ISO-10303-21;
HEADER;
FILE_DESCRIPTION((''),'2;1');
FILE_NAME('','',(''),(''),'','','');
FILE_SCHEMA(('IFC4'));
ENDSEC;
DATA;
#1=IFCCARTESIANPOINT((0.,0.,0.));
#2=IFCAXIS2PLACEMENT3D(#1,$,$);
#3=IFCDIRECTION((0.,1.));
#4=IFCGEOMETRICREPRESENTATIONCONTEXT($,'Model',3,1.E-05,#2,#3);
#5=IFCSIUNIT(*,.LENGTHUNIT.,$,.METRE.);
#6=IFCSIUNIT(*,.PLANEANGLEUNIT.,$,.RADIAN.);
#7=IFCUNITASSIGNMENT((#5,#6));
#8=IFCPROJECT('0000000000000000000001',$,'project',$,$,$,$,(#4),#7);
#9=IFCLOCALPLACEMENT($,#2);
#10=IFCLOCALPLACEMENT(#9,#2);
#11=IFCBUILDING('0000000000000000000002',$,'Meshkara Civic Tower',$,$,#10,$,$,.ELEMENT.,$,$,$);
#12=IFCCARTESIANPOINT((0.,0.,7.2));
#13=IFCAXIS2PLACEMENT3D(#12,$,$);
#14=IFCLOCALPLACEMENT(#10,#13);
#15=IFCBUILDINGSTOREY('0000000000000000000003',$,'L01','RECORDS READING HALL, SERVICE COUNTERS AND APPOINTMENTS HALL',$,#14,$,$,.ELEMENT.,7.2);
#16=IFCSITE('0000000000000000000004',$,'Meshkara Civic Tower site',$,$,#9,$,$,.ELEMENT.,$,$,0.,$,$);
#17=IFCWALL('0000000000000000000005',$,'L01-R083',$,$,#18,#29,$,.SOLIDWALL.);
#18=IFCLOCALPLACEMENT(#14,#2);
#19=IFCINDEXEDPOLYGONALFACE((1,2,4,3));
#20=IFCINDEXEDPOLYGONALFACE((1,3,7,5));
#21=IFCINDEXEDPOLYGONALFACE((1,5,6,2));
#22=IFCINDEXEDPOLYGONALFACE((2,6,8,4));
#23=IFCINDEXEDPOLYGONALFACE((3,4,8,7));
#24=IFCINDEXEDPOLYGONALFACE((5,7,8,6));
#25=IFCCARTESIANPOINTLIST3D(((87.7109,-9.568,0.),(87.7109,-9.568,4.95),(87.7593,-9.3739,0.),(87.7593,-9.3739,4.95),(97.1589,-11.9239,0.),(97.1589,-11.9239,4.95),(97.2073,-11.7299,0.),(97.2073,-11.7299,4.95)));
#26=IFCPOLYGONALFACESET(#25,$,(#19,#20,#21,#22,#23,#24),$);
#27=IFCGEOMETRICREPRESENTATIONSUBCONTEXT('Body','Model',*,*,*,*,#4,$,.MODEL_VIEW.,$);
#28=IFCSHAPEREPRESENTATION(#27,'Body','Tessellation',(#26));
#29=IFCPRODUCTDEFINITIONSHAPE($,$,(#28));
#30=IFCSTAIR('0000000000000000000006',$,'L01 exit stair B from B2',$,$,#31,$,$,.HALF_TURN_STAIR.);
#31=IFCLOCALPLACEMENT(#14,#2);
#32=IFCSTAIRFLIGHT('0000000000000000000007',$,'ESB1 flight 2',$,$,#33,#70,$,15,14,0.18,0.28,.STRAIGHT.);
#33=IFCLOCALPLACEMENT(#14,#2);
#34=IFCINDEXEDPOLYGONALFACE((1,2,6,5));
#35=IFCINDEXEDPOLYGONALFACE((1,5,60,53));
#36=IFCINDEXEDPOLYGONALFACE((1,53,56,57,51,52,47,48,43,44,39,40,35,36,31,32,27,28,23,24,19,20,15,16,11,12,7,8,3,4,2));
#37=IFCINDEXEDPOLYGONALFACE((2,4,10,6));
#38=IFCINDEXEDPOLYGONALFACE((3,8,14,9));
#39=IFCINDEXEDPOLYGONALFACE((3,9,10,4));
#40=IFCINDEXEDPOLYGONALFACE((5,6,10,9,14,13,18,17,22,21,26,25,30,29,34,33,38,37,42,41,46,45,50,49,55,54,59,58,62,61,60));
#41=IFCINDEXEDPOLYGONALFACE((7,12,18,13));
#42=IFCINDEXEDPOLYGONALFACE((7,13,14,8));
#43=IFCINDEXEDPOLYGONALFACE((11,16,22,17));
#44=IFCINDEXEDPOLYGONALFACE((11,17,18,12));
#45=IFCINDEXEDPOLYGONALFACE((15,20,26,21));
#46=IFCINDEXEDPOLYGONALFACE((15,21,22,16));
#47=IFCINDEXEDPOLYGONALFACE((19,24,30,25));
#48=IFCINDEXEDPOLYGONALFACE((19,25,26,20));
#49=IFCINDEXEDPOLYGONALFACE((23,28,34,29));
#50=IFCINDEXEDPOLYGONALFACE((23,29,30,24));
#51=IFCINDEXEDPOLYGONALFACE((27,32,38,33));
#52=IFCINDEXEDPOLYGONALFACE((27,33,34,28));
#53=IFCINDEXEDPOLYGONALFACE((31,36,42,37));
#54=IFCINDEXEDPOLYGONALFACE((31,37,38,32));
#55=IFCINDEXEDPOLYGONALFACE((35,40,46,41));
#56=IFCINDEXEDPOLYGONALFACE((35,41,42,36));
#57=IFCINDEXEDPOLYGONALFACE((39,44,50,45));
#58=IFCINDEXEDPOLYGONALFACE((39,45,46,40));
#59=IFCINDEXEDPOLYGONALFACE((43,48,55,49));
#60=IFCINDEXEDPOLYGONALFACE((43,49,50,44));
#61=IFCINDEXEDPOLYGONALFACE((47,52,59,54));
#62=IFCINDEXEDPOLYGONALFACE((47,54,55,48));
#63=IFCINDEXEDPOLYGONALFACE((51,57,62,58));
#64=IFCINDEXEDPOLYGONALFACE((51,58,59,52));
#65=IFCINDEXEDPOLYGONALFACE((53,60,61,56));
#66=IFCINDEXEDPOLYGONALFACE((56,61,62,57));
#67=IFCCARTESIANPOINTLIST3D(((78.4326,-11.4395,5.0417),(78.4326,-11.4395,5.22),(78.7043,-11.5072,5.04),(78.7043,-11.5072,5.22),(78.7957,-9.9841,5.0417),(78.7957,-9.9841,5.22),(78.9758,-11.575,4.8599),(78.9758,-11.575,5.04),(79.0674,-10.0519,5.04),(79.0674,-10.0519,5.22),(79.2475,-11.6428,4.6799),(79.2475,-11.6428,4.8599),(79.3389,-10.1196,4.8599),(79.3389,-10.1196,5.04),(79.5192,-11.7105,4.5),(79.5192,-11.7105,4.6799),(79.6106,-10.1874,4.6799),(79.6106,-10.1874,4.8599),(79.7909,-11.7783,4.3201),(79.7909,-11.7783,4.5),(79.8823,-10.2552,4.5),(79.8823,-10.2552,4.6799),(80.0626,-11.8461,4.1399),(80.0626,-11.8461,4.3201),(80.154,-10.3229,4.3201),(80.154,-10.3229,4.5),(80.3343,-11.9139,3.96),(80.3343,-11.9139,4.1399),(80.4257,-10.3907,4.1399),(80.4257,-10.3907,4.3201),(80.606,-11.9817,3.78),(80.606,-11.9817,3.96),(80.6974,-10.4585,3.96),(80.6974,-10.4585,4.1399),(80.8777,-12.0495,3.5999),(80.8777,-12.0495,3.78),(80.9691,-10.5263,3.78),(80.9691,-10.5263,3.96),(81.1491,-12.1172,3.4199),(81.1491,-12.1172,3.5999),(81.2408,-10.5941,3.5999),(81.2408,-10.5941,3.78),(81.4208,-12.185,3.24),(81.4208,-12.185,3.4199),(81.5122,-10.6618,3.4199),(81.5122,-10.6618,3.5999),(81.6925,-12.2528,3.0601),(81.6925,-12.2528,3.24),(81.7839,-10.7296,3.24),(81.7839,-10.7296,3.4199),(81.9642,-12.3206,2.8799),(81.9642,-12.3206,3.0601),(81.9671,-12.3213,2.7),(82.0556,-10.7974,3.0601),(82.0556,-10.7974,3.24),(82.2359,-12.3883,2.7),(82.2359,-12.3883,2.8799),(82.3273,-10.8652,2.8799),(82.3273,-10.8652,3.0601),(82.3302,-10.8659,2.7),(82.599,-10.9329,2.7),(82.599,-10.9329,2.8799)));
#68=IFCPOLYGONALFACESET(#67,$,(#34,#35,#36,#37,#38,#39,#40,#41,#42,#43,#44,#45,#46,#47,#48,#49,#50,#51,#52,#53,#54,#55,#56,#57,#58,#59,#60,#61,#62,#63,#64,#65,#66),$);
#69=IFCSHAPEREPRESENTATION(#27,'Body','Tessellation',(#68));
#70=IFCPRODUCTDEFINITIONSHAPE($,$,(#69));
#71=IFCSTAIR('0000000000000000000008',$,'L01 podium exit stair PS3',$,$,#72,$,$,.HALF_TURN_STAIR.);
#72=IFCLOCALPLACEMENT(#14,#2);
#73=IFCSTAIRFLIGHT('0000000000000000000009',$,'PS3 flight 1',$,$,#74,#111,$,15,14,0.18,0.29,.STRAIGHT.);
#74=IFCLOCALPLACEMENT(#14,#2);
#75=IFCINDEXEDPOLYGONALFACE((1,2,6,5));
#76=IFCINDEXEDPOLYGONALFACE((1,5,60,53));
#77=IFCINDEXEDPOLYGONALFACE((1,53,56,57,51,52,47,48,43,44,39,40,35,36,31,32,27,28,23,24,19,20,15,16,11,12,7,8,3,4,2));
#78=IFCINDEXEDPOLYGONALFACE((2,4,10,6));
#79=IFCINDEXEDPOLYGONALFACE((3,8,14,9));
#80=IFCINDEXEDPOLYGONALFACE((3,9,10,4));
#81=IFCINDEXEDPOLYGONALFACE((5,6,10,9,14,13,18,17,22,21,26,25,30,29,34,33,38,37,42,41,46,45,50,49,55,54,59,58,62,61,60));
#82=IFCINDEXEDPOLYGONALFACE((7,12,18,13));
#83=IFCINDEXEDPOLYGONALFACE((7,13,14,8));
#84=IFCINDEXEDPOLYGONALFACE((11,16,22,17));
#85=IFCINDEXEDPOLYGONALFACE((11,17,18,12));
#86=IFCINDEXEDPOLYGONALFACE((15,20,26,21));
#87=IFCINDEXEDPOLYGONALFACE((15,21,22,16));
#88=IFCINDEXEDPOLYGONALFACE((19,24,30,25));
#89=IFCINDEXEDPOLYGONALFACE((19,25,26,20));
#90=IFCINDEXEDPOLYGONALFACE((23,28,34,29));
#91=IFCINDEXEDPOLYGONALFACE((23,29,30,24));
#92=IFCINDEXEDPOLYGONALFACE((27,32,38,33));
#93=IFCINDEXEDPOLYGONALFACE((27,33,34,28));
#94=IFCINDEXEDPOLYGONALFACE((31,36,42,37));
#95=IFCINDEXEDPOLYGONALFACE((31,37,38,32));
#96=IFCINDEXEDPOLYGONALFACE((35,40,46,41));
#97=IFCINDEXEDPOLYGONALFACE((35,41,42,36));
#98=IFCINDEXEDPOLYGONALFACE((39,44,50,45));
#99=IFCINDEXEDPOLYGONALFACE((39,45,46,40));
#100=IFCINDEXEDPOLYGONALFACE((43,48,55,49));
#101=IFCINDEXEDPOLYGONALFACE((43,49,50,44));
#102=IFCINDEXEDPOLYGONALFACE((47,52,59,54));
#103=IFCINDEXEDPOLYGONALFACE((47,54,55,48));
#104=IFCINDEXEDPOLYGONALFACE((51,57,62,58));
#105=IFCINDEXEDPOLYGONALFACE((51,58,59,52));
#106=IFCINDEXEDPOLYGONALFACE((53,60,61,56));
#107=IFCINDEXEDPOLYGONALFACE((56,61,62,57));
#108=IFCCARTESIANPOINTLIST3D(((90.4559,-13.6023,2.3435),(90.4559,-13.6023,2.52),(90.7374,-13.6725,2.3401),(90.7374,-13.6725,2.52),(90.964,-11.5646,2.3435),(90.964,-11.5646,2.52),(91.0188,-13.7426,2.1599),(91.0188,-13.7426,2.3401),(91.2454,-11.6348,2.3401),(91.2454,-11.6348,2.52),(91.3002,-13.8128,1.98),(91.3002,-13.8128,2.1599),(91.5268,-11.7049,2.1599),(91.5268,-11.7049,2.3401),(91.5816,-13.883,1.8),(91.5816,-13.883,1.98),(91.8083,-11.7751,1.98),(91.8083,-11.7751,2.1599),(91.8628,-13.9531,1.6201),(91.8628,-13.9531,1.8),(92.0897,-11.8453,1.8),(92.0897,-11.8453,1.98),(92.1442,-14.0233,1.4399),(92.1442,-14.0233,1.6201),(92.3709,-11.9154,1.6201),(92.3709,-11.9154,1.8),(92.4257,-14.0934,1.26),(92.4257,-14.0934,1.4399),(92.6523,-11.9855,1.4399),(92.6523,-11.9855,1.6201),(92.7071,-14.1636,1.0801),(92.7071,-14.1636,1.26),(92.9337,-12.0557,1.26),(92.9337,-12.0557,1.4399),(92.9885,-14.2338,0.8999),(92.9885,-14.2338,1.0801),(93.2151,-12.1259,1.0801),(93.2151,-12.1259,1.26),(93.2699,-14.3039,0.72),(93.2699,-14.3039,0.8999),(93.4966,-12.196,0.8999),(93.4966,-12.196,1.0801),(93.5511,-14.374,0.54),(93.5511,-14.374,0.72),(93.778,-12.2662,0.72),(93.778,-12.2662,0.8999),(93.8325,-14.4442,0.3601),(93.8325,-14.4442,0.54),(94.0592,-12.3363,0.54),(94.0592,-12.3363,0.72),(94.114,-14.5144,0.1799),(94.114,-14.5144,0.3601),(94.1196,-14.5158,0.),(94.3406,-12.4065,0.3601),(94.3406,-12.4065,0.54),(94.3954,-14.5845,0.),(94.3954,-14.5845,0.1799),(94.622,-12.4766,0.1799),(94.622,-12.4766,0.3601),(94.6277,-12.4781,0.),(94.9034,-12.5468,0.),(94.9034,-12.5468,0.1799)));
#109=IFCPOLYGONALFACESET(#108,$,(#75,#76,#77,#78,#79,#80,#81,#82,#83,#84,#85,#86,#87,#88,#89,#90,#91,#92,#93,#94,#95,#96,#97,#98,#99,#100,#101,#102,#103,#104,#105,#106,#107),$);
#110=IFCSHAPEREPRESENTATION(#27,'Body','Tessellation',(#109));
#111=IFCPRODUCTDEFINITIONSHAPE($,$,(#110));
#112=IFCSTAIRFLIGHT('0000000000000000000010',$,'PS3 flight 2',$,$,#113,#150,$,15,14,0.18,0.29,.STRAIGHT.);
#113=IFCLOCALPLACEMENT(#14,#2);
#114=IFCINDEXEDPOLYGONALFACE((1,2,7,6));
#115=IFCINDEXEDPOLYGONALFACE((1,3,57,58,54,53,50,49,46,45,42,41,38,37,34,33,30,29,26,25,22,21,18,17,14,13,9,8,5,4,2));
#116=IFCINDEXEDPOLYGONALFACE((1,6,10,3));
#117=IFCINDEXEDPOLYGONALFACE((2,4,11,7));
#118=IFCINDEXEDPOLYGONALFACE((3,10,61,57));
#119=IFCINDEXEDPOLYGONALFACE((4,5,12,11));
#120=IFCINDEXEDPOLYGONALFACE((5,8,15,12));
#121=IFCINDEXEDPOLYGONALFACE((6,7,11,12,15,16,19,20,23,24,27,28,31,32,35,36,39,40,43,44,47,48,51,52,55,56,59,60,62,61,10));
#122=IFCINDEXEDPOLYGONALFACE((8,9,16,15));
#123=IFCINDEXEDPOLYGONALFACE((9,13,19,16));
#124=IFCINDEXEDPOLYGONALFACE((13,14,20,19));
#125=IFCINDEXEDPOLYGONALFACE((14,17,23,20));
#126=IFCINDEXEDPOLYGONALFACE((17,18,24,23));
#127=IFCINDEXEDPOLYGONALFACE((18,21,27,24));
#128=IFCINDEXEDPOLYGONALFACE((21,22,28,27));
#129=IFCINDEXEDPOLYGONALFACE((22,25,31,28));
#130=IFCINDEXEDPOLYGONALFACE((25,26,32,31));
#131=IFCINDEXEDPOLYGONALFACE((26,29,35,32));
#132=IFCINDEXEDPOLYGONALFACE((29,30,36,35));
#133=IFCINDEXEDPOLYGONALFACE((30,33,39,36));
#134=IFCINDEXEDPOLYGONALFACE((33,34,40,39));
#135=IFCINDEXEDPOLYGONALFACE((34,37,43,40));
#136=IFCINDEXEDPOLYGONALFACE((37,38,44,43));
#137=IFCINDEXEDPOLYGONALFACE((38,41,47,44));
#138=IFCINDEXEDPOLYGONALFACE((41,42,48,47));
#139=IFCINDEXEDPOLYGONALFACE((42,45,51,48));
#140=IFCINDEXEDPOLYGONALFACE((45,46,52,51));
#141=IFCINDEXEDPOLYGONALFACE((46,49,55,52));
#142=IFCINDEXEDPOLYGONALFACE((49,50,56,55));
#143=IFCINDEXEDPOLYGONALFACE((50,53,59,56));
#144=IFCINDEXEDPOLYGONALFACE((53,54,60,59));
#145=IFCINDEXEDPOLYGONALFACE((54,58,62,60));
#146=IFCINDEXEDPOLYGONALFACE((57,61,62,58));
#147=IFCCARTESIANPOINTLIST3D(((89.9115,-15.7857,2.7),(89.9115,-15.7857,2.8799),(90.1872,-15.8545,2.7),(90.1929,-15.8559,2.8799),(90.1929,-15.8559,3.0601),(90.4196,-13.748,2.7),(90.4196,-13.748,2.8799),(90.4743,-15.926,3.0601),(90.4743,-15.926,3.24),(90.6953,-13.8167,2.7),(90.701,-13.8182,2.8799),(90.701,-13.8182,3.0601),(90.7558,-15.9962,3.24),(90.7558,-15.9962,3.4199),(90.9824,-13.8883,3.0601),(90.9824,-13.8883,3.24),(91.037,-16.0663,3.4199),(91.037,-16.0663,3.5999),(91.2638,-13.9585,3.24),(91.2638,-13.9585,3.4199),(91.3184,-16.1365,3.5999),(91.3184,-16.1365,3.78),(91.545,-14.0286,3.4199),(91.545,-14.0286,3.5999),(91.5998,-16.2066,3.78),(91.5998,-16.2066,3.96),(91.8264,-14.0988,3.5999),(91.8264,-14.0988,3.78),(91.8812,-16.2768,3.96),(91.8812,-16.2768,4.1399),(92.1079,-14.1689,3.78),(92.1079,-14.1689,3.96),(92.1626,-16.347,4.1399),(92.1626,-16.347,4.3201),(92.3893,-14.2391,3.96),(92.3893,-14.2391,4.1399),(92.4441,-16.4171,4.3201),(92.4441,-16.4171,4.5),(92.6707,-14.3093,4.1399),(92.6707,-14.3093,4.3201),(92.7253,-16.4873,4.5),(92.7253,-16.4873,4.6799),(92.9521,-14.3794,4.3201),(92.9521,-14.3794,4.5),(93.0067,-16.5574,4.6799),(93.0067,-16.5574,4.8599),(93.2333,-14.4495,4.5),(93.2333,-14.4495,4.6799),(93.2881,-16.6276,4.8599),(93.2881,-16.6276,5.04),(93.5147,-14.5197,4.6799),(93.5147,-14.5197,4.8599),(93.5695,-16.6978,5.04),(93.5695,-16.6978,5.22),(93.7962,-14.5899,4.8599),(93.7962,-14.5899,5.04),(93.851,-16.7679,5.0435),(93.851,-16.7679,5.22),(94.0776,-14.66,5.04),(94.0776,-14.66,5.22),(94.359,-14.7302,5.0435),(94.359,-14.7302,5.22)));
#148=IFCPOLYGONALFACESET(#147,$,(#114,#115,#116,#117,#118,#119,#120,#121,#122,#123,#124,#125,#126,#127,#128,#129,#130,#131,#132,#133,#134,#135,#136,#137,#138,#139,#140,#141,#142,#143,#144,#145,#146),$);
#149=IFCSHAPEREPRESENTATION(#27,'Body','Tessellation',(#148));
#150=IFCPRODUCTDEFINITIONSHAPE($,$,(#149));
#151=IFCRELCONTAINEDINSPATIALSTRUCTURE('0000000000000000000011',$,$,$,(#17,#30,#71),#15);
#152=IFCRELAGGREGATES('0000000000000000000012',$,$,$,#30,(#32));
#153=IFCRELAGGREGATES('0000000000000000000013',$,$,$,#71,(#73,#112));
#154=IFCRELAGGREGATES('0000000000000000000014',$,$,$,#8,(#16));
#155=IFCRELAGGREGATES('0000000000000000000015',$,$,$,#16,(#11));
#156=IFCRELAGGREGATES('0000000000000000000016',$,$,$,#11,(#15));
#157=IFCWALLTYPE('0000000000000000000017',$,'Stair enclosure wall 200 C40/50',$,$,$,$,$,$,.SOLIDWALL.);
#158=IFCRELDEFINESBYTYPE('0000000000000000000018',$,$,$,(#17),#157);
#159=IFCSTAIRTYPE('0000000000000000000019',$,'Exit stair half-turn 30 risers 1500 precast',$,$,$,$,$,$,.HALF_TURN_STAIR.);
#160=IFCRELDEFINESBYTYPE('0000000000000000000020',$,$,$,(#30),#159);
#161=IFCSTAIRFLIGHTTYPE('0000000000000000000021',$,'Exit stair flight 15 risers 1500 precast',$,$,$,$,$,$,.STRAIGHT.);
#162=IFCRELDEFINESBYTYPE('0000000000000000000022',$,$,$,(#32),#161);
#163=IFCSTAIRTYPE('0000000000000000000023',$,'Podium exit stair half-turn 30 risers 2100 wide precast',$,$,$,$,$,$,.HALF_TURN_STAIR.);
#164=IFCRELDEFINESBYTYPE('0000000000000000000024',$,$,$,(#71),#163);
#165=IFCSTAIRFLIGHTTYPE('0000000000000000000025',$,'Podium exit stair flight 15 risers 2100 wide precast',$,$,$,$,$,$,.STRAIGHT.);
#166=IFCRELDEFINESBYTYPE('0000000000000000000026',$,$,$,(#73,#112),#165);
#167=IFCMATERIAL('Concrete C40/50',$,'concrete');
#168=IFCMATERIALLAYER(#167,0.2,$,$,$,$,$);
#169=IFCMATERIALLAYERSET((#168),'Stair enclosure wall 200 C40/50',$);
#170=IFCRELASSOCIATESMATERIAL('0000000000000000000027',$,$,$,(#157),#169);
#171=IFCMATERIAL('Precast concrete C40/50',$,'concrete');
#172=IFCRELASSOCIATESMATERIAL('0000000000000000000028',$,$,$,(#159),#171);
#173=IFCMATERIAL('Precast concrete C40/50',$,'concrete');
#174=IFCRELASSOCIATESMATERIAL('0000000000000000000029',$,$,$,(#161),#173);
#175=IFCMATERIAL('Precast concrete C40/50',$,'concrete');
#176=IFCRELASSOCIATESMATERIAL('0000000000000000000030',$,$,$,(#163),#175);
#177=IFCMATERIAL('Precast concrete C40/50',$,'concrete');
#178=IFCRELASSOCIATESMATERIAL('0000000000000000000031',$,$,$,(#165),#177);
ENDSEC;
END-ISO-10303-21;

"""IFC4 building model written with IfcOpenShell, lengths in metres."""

from ifc_helpers import new_model, si_unit, direction, frame, frame_2d, origin, place, context, subcontext, project, spatial, polyline, rectangle, outline, extrude, material, layer, layer_set, type_object, element, aggregate, save


model = new_model("IFC4")

# Units and contexts
model_context = context("Model", 3, precision=1e-05, world=origin(), true_north=direction((0.0, 1.0)))
body_context = subcontext(model_context, "Body", "Model", "MODEL_VIEW")
ifc_project = project(units=[si_unit("LENGTHUNIT", "METRE"), si_unit("PLANEANGLEUNIT", "RADIAN")], contexts=[model_context])

# Site, building, storey
site_placement = place(None, origin())
site = spatial("IfcSite", under=ifc_project, at=site_placement, Name="Meshkara Civic Tower site", CompositionType="ELEMENT", RefElevation=0.0)
building_placement = place(site_placement, origin())
building = spatial("IfcBuilding", under=site, at=building_placement, Name="Meshkara Civic Tower", CompositionType="ELEMENT")
storey_placement = place(building_placement, frame((0.0, 0.0, 7.2)))
storey = spatial("IfcBuildingStorey", under=building, at=storey_placement, Name="L01", Description="RECORDS READING HALL, SERVICE COUNTERS AND APPOINTMENTS HALL", CompositionType="ELEMENT", Elevation=7.2)

# Shared definitions
ifc_material_1 = material(Name="Concrete C40/50", Category="concrete")
ifc_layer_1 = layer(ifc_material_1, 0.2)
ifc_layer_set_1 = layer_set([ifc_layer_1], Name="Stair enclosure wall 200 C40/50")
wall_type_1 = type_object("IfcWallType", Name="Stair enclosure wall 200 C40/50", PredefinedType="SOLIDWALL", material=ifc_layer_set_1)

# Wall
wall_1_placement = place(storey_placement, frame((97.1831, -11.8269, 0.0), z_axis=(0.0, 0.0, 1.0), x_axis=(-0.970288, 0.241952, 0.0)))
element("IfcWall", 1, at=wall_1_placement, inside=storey, type_object=wall_type_1, Name="L01-R083", PredefinedType="SOLIDWALL", context=body_context, shape_type="SweptSolid", body=[
    extrude(rectangle(XDim=9.7373, YDim=0.2, at=frame_2d((4.8687, 0.0))), origin(), (0.0, 0.0, 1.0), 4.95),
])

# Stair, stair flight
ifc_material_2 = material(Name="Precast concrete C40/50", Category="concrete")
stair_type_1 = type_object("IfcStairType", Name="Exit stair half-turn 30 risers 1500 precast", PredefinedType="HALF_TURN_STAIR", material=ifc_material_2)
stair_1_placement = place(storey_placement, origin())
stair_1 = element("IfcStair", 2, at=stair_1_placement, inside=storey, type_object=stair_type_1, Name="L01 exit stair B from B2", PredefinedType="HALF_TURN_STAIR")
ifc_material_3 = material(Name="Precast concrete C40/50", Category="concrete")
stair_flight_type_1 = type_object("IfcStairFlightType", Name="Exit stair flight 15 risers 1500 precast", PredefinedType="STRAIGHT", material=ifc_material_3)
stair_flight_1_placement = place(storey_placement, frame((82.4175, -11.6606, 2.7), z_axis=(0.0, 0.0, 1.0), x_axis=(-0.97026, 0.242065, 0.0)))
stair_flight_1 = element("IfcStairFlight", 3, at=stair_flight_1_placement, type_object=stair_flight_type_1, Name="ESB1 flight 2", NumberOfRisers=15, NumberOfTreads=14, PredefinedType="STRAIGHT", RiserHeight=0.18, TreadLength=0.28, context=body_context, shape_type="SweptSolid", body=[
    extrude(outline(polyline([(0.0, 0.0), (0.0, 0.1799), (0.28, 0.1799), (0.28, 0.3601), (0.5601, 0.3601), (0.5601, 0.54), (0.8401, 0.54), (0.8401, 0.72), (1.1201, 0.72), (1.1201, 0.8999), (1.3999, 0.8999), (1.3999, 1.0801), (1.6799, 1.0801), (1.6799, 1.26), (1.96, 1.26), (1.96, 1.4399), (2.24, 1.4399), (2.24, 1.6201), (2.52, 1.6201), (2.52, 1.8), (2.8, 1.8), (2.8, 1.98), (3.0801, 1.98), (3.0801, 2.1599), (3.3601, 2.1599), (3.3601, 2.3401), (3.6399, 2.3401), (3.6399, 2.52), (3.9199, 2.52), (3.9199, 2.7), (3.9199, 2.3418), (0.2771, 0.0), (0.0, 0.0)])), frame((0.0, 0.75, 0.0), z_axis=(0.0, -1.0, 0.0), x_axis=(1.0, 0.0, 0.0)), (0.0, 0.0, 1.0), 1.5),
])
aggregate(stair_1, [stair_flight_1])

# Stair, stair flights
ifc_material_4 = material(Name="Precast concrete C40/50", Category="concrete")
stair_type_2 = type_object("IfcStairType", Name="Podium exit stair half-turn 30 risers 2100 wide precast", PredefinedType="HALF_TURN_STAIR", material=ifc_material_4)
stair_2_placement = place(storey_placement, origin())
stair_2 = element("IfcStair", 4, at=stair_2_placement, inside=storey, type_object=stair_type_2, Name="L01 podium exit stair PS3", PredefinedType="HALF_TURN_STAIR")
ifc_material_5 = material(Name="Precast concrete C40/50", Category="concrete")
stair_flight_type_2 = type_object("IfcStairFlightType", Name="Podium exit stair flight 15 risers 2100 wide precast", PredefinedType="STRAIGHT", material=ifc_material_5)
stair_flight_2_placement = place(storey_placement, frame((94.6494, -13.5657, 0.0), z_axis=(0.0, 0.0, 1.0), x_axis=(-0.970296, 0.241922, 0.0)))
stair_flight_2 = element("IfcStairFlight", 5, at=stair_flight_2_placement, type_object=stair_flight_type_2, Name="PS3 flight 1", NumberOfRisers=15, NumberOfTreads=14, PredefinedType="STRAIGHT", RiserHeight=0.18, TreadLength=0.29, context=body_context, shape_type="SweptSolid", body=[
    extrude(outline(polyline([(0.0, 0.0), (0.0, 0.1799), (0.29, 0.1799), (0.29, 0.3601), (0.5801, 0.3601), (0.5801, 0.54), (0.8701, 0.54), (0.8701, 0.72), (1.1599, 0.72), (1.1599, 0.8999), (1.45, 0.8999), (1.45, 1.0801), (1.74, 1.0801), (1.74, 1.26), (2.03, 1.26), (2.03, 1.4399), (2.3201, 1.4399), (2.3201, 1.6201), (2.6101, 1.6201), (2.6101, 1.8), (2.8999, 1.8), (2.8999, 1.98), (3.1899, 1.98), (3.1899, 2.1599), (3.48, 2.1599), (3.48, 2.3401), (3.77, 2.3401), (3.77, 2.52), (4.0601, 2.52), (4.0601, 2.7), (4.0601, 2.3435), (0.2842, 0.0), (0.0, 0.0)])), frame((0.0, 1.05, 0.0), z_axis=(0.0, -1.0, 0.0), x_axis=(1.0, 0.0, 0.0)), (0.0, 0.0, 1.0), 2.1001),
])
stair_flight_3_placement = place(storey_placement, frame((90.1655, -14.7668, 2.7), z_axis=(0.0, 0.0, 1.0), x_axis=(0.970296, -0.241922, 0.0)))
stair_flight_3 = element("IfcStairFlight", 6, at=stair_flight_3_placement, type_object=stair_flight_type_2, Name="PS3 flight 2", NumberOfRisers=15, NumberOfTreads=14, PredefinedType="STRAIGHT", RiserHeight=0.18, TreadLength=0.29, context=body_context, shape_type="SweptSolid", body=[
    extrude(outline(polyline([(0.0, 0.0), (0.0, 0.1799), (0.29, 0.1799), (0.29, 0.3601), (0.5801, 0.3601), (0.5801, 0.54), (0.8701, 0.54), (0.8701, 0.72), (1.1599, 0.72), (1.1599, 0.8999), (1.45, 0.8999), (1.45, 1.0801), (1.74, 1.0801), (1.74, 1.26), (2.03, 1.26), (2.03, 1.4399), (2.3201, 1.4399), (2.3201, 1.6201), (2.6101, 1.6201), (2.6101, 1.8), (2.8999, 1.8), (2.8999, 1.98), (3.1899, 1.98), (3.1899, 2.1599), (3.48, 2.1599), (3.48, 2.3401), (3.77, 2.3401), (3.77, 2.52), (4.0601, 2.52), (4.0601, 2.7), (4.0601, 2.3435), (0.2842, 0.0), (0.0, 0.0)])), frame((0.0, 1.05, 0.0), z_axis=(0.0, -1.0, 0.0), x_axis=(1.0, 0.0, 0.0)), (0.0, 0.0, 1.0), 2.1001),
])
aggregate(stair_2, [stair_flight_2, stair_flight_3])

save(model, "model.ifc")
